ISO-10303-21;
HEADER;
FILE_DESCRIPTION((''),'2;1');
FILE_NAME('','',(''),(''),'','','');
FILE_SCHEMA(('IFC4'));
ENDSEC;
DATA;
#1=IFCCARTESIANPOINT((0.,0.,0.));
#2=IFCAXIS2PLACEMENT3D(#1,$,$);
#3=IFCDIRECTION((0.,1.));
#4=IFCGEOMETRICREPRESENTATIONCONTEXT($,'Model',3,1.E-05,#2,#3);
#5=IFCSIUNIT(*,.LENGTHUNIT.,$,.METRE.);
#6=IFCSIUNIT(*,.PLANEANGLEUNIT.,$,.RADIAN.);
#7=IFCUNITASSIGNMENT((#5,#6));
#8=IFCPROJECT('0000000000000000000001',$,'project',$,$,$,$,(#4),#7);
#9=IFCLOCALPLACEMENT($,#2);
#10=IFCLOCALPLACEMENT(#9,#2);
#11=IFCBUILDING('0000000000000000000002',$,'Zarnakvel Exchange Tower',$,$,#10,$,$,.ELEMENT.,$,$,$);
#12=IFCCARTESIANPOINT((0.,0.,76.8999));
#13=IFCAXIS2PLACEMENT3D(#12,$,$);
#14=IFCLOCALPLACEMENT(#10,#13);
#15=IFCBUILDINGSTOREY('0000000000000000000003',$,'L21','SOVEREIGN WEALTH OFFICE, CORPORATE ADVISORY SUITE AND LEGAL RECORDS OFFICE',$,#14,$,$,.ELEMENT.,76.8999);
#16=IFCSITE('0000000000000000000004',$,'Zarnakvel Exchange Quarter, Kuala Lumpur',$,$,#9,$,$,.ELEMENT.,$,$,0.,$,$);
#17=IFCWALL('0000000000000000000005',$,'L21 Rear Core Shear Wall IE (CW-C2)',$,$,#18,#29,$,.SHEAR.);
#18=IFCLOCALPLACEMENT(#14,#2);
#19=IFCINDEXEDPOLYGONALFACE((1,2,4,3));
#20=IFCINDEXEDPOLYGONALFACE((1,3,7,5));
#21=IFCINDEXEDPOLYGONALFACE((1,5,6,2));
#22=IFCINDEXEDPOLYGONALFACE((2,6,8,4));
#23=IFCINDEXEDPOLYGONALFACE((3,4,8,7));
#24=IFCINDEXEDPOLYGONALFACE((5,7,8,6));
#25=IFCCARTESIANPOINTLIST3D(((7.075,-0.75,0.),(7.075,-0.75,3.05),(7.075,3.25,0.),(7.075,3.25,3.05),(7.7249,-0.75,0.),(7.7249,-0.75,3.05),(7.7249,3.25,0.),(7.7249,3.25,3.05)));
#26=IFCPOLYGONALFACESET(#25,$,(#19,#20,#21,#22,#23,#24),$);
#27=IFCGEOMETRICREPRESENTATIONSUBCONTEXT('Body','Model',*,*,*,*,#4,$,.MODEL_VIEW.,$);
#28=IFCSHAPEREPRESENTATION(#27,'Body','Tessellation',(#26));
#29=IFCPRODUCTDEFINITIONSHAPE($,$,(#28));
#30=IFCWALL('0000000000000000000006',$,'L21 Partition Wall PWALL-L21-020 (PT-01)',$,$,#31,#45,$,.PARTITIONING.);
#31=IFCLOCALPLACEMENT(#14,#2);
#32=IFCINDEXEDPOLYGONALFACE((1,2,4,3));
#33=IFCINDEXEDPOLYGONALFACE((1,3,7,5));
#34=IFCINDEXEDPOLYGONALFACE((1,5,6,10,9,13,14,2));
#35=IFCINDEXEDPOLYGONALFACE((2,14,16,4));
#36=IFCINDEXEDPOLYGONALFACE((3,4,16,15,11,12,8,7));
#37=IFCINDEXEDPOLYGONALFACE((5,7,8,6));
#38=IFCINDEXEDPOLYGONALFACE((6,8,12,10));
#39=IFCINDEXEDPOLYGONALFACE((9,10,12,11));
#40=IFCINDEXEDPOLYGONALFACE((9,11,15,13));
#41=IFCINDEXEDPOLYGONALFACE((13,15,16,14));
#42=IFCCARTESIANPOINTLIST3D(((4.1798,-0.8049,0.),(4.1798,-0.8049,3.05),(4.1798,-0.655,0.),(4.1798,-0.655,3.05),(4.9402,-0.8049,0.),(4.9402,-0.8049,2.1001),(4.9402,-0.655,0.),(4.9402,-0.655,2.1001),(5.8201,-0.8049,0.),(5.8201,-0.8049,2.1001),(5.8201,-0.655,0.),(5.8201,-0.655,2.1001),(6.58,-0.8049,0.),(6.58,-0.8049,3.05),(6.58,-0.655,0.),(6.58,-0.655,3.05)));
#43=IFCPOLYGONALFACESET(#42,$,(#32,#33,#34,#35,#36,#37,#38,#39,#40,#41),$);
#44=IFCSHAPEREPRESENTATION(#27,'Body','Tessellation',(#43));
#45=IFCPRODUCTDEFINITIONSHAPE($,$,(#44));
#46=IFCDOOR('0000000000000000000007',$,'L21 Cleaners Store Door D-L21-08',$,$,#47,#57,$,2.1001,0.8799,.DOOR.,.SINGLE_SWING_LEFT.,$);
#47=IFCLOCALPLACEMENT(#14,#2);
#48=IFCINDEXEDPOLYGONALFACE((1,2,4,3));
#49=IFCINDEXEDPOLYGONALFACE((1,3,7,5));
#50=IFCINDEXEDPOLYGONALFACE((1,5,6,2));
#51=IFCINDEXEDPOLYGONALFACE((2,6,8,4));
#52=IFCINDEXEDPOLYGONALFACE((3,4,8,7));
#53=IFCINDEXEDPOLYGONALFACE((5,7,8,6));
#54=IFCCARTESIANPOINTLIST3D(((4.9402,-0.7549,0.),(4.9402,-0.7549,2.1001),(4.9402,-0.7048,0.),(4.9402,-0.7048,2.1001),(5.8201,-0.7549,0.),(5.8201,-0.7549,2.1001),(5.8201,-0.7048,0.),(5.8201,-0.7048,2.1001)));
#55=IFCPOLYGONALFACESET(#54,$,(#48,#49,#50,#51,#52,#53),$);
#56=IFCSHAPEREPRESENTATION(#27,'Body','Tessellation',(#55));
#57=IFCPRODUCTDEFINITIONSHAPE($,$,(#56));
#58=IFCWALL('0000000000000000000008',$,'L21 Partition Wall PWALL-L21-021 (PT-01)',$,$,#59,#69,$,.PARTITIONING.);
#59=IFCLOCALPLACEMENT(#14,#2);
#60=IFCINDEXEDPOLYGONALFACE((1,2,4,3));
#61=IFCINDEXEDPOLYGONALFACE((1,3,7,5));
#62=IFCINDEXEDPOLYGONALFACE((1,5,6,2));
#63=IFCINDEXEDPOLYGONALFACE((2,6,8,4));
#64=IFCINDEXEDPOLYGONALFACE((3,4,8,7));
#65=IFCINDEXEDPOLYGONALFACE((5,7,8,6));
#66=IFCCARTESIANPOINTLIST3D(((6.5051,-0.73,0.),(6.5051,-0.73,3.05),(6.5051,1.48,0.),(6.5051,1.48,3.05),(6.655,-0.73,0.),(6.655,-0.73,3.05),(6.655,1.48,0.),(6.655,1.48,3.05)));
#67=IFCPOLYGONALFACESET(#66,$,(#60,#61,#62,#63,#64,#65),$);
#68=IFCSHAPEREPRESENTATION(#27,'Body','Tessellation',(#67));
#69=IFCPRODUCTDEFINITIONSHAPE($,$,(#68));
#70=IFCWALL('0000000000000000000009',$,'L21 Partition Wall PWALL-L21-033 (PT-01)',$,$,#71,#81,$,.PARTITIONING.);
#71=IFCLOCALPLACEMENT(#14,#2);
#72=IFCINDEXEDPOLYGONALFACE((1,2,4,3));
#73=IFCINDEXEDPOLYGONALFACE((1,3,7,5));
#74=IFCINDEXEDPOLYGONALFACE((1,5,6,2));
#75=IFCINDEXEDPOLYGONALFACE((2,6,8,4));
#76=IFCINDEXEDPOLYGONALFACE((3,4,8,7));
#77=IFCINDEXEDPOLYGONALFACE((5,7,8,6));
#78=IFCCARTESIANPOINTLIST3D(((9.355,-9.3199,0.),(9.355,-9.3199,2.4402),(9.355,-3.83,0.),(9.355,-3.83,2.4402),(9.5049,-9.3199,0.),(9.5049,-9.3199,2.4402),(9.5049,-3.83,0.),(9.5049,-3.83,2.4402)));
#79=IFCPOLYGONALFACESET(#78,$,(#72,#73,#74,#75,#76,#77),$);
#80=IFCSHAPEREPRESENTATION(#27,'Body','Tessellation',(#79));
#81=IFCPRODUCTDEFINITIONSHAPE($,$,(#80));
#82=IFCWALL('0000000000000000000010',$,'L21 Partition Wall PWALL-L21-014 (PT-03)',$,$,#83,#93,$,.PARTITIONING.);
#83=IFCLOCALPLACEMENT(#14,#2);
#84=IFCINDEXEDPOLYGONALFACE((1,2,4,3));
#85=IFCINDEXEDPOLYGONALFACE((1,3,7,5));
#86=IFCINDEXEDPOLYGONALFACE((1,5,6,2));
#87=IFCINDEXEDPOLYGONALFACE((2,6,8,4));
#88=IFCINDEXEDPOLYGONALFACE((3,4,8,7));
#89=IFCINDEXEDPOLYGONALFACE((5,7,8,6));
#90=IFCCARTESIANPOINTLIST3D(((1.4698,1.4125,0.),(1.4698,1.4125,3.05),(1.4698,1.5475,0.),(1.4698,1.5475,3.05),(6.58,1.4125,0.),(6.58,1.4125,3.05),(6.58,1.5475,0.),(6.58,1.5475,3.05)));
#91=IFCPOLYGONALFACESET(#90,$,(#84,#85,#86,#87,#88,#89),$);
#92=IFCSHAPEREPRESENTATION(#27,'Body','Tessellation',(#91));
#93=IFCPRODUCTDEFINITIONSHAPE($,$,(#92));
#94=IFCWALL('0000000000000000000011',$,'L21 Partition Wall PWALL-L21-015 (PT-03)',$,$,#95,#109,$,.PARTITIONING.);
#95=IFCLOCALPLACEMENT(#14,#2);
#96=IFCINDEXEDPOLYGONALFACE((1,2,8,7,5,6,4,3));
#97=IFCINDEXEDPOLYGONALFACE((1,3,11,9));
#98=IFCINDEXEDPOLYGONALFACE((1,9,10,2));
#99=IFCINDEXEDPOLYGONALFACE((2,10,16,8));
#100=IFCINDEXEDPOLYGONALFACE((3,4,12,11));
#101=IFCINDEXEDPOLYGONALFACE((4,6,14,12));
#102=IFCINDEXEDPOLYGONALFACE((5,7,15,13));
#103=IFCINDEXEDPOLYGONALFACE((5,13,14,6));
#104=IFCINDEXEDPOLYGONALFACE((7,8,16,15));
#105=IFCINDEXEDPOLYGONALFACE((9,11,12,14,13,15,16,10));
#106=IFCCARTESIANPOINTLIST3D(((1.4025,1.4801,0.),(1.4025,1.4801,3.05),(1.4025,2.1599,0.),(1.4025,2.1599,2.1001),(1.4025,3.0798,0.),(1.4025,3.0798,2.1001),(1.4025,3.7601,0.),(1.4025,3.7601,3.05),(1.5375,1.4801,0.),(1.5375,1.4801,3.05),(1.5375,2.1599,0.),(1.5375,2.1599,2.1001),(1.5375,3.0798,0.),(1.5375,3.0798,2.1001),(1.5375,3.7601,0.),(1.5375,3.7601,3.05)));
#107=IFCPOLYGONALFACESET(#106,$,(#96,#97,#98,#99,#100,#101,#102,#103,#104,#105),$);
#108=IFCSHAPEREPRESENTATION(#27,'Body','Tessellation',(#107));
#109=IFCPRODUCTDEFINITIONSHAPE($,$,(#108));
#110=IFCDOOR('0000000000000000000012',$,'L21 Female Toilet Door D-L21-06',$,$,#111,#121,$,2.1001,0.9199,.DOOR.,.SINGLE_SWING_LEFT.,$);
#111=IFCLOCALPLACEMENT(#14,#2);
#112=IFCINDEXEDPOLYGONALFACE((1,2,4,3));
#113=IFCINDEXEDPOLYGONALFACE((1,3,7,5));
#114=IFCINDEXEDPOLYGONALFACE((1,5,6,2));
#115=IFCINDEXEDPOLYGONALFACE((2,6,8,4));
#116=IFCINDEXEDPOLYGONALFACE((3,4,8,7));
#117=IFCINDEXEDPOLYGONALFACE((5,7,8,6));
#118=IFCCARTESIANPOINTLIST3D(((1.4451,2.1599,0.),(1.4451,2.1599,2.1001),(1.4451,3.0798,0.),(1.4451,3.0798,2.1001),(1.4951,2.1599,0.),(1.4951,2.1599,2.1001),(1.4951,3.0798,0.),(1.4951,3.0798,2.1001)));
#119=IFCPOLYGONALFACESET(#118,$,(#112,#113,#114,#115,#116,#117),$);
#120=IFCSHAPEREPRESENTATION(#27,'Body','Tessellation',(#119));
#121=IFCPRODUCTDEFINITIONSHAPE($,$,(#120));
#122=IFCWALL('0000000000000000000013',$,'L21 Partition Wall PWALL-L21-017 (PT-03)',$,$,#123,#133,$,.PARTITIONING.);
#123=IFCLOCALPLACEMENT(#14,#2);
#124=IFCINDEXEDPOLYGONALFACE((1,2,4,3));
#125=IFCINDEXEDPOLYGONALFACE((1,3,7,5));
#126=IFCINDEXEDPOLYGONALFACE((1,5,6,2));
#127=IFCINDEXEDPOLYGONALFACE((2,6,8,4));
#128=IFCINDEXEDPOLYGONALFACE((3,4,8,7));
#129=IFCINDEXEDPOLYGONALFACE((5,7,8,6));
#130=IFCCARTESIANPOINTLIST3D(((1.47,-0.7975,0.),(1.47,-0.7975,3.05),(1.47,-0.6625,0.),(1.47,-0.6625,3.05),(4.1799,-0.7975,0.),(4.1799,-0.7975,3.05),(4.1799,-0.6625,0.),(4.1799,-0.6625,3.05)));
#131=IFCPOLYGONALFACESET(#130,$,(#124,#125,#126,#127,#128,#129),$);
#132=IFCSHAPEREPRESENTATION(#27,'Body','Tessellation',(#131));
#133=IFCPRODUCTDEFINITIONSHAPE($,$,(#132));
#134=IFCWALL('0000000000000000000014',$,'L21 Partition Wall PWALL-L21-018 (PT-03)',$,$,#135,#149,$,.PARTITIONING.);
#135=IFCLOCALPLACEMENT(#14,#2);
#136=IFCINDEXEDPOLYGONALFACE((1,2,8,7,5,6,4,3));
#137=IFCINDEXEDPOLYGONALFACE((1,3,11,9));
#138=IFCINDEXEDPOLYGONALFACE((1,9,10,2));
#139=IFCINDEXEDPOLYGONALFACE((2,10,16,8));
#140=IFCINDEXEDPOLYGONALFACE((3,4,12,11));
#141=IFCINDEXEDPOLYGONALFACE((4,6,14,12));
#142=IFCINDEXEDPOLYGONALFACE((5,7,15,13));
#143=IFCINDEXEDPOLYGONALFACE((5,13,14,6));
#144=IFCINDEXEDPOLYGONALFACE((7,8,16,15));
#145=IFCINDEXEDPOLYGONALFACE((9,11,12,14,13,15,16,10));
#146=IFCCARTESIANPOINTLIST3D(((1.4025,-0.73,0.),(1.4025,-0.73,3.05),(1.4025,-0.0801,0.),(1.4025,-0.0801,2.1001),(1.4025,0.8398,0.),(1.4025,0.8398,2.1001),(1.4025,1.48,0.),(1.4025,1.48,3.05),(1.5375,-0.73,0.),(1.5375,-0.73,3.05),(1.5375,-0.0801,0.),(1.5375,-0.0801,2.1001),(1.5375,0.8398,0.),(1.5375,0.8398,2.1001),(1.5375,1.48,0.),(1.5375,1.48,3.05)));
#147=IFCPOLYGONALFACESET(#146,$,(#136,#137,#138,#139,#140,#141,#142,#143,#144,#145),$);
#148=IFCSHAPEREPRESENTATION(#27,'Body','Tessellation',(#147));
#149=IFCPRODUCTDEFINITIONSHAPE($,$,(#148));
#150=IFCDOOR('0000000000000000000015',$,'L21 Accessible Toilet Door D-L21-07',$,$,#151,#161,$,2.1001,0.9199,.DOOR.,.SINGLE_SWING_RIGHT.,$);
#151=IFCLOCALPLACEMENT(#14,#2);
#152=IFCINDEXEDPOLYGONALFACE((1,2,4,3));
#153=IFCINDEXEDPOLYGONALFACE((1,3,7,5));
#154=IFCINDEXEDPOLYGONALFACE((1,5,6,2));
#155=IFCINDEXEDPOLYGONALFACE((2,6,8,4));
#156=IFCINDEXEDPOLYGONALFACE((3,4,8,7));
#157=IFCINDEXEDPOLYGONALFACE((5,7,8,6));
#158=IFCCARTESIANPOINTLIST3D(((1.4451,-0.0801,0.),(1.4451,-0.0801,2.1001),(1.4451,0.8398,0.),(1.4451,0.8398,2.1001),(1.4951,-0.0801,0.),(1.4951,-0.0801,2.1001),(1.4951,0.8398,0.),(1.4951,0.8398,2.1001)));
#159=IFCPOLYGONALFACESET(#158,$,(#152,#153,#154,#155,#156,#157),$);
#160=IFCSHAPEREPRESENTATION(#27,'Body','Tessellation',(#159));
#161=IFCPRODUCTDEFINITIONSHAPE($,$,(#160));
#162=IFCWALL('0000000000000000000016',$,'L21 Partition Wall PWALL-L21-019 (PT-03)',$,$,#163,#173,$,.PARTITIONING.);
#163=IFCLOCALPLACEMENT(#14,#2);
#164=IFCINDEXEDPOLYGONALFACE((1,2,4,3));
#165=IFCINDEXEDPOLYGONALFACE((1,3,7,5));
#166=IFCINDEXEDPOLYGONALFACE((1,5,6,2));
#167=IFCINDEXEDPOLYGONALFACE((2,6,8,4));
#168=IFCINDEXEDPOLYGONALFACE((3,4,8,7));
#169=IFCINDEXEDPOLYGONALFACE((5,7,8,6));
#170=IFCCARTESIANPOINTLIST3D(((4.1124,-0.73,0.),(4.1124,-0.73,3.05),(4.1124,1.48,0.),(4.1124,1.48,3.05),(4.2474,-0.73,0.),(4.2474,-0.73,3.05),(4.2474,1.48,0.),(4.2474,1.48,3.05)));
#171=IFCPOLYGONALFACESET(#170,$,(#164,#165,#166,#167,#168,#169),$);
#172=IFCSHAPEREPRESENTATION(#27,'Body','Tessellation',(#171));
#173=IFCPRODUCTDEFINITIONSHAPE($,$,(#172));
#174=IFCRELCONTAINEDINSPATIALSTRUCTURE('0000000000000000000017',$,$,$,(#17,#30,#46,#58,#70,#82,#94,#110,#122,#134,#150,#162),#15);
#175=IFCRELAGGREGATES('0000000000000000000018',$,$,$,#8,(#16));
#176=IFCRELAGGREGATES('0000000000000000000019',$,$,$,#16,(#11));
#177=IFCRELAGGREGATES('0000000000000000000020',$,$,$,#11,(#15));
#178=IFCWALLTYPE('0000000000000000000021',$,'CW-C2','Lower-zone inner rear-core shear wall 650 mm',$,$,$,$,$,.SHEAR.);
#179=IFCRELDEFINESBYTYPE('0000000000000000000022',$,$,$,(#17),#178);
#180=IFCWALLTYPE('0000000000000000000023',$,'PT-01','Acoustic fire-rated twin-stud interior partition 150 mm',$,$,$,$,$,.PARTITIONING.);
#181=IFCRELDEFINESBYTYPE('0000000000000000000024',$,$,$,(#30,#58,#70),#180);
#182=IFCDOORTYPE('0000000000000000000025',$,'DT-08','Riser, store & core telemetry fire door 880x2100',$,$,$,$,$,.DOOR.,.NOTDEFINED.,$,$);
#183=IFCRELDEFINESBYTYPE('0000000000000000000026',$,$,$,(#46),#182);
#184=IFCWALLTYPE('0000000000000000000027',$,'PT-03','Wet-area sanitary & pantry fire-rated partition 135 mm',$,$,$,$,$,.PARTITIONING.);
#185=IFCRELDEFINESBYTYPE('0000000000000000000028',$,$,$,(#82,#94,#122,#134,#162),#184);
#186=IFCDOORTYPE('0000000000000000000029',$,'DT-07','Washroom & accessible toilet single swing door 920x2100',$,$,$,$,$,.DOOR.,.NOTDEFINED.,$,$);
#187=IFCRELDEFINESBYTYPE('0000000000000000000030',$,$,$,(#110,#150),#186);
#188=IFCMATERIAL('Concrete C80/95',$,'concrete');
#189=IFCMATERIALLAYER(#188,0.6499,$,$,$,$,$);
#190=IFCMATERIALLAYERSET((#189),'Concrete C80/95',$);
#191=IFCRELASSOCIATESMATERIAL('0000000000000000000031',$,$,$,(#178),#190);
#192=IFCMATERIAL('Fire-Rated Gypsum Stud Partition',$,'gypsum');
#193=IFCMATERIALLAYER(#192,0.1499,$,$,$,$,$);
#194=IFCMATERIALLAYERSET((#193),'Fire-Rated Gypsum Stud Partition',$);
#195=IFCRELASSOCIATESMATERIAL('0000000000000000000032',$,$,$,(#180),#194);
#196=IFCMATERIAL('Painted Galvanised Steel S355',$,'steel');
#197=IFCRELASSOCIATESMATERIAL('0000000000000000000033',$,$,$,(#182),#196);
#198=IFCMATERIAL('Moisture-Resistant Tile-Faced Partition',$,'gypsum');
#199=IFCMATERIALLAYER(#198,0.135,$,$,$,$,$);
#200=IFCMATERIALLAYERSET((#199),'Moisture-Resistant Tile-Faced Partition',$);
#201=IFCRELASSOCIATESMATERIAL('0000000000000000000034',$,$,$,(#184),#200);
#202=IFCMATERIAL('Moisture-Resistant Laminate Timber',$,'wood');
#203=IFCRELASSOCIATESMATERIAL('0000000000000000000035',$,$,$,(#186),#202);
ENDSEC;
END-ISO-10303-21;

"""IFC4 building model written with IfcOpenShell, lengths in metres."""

from ifc_helpers import new_model, si_unit, direction, frame, frame_2d, origin, place, context, subcontext, project, spatial, rectangle, extrude, source, transform, mapped, material, layer, layer_set, type_object, element, fill, save


model = new_model("IFC4")

# Units and contexts
model_context = context("Model", 3, precision=1e-05, world=origin(), true_north=direction((0.0, 1.0)))
body_context = subcontext(model_context, "Body", "Model", "MODEL_VIEW")
ifc_project = project(units=[si_unit("LENGTHUNIT", "METRE"), si_unit("PLANEANGLEUNIT", "RADIAN")], contexts=[model_context])

# Site, building, storey
site_placement = place(None, origin())
site = spatial("IfcSite", under=ifc_project, at=site_placement, Name="Zarnakvel Exchange Quarter, Kuala Lumpur", CompositionType="ELEMENT", RefElevation=0.0)
building_placement = place(site_placement, origin())
building = spatial("IfcBuilding", under=site, at=building_placement, Name="Zarnakvel Exchange Tower", CompositionType="ELEMENT")
storey_placement = place(building_placement, frame((0.0, 0.0, 76.8999)))
storey = spatial("IfcBuildingStorey", under=building, at=storey_placement, Name="L21", Description="SOVEREIGN WEALTH OFFICE, CORPORATE ADVISORY SUITE AND LEGAL RECORDS OFFICE", CompositionType="ELEMENT", Elevation=76.8999)

# Shared definitions
ifc_material_1 = material(Name="Concrete C80/95", Category="concrete")

# Shared definitions
ifc_material_2 = material(Name="Painted Galvanised Steel S355", Category="steel")

# Wall
ifc_layer_1 = layer(ifc_material_1, 0.6499)
ifc_layer_set_1 = layer_set([ifc_layer_1], Name="Concrete C80/95")
wall_type_1 = type_object("IfcWallType", Name="CW-C2", Description="Lower-zone inner rear-core shear wall 650 mm", PredefinedType="SHEAR", material=ifc_layer_set_1)
wall_1_placement = place(storey_placement, frame((7.3999, -0.75, 0.0), z_axis=(0.0, 0.0, 1.0), x_axis=(0.0, 1.0, 0.0)))
element("IfcWall", 1, at=wall_1_placement, inside=storey, type_object=wall_type_1, Name="L21 Rear Core Shear Wall IE (CW-C2)", PredefinedType="SHEAR", context=body_context, shape_type="SweptSolid", body=[
    extrude(rectangle(XDim=4.0, YDim=0.6499, at=frame_2d((2.0, 0.0))), origin(), (0.0, 0.0, 1.0), 3.05),
])

# Wall, opening, door
ifc_material_3 = material(Name="Fire-Rated Gypsum Stud Partition", Category="gypsum")
ifc_layer_2 = layer(ifc_material_3, 0.1499)
ifc_layer_set_2 = layer_set([ifc_layer_2], Name="Fire-Rated Gypsum Stud Partition")
wall_type_2 = type_object("IfcWallType", Name="PT-01", Description="Acoustic fire-rated twin-stud interior partition 150 mm", PredefinedType="PARTITIONING", material=ifc_layer_set_2)
wall_2_placement = place(storey_placement, frame((6.5801, -0.73, 0.0), z_axis=(0.0, 0.0, 1.0), x_axis=(-1.0, 0.0, 0.0)))
wall_2 = element("IfcWall", 2, at=wall_2_placement, inside=storey, type_object=wall_type_2, Name="L21 Partition Wall PWALL-L21-020 (PT-01)", PredefinedType="PARTITIONING", context=body_context, shape_type="SweptSolid", body=[
    extrude(rectangle(XDim=2.4001, YDim=0.1499, at=frame_2d((1.2002, 0.0))), origin(), (0.0, 0.0, 1.0), 3.05),
])
opening_1_placement = place(wall_2_placement, frame((0.76, 0.0, 0.0)))
opening_1 = element("IfcOpeningElement", 3, at=opening_1_placement, cuts=wall_2, PredefinedType="OPENING", context=body_context, shape_type="SweptSolid", body=[
    extrude(rectangle(XDim=0.8799, YDim=2.1001, at=frame_2d((0.4399, 1.05))), frame((0.0, 0.085, 0.0), z_axis=(0.0, -1.0, 0.0), x_axis=(1.0, 0.0, 0.0)), (0.0, 0.0, 1.0), 0.1699),
])
door_type_1 = type_object("IfcDoorType", Name="DT-08", Description="Riser, store & core telemetry fire door 880x2100", OperationType="NOTDEFINED", PredefinedType="DOOR", material=ifc_material_2)
shared_shape_1 = source(origin(), body_context, "Body", "SweptSolid", [
    extrude(rectangle(XDim=0.8799, YDim=2.1001, at=frame_2d((0.4399, 1.05))), frame((0.0, 0.0249, 0.0), z_axis=(0.0, -1.0, 0.0), x_axis=(1.0, 0.0, 0.0)), (0.0, 0.0, 1.0), 0.05),
])
door_1_placement = place(opening_1_placement, origin())
door_1 = element("IfcDoor", 4, at=door_1_placement, inside=storey, type_object=door_type_1, Name="L21 Cleaners Store Door D-L21-08", OperationType="SINGLE_SWING_LEFT", OverallHeight=2.1001, OverallWidth=0.8799, PredefinedType="DOOR", context=body_context, shape_type="MappedRepresentation", body=[
    mapped(shared_shape_1, transform((0.0, 0.0, 0.0), x_axis=(1.0, 0.0, 0.0), y_axis=(0.0, 1.0, 0.0), z_axis=(0.0, 0.0, 1.0), scale=1.0)),
])
fill(opening_1, door_1)

# Wall
wall_3_placement = place(storey_placement, frame((6.5801, 1.48, 0.0), z_axis=(0.0, 0.0, 1.0), x_axis=(0.0, -1.0, 0.0)))
element("IfcWall", 5, at=wall_3_placement, inside=storey, type_object=wall_type_2, Name="L21 Partition Wall PWALL-L21-021 (PT-01)", PredefinedType="PARTITIONING", context=body_context, shape_type="SweptSolid", body=[
    extrude(rectangle(XDim=2.21, YDim=0.1499, at=frame_2d((1.105, 0.0))), origin(), (0.0, 0.0, 1.0), 3.05),
])

# Walls
wall_4_placement = place(storey_placement, frame((9.4299, -9.3201, 0.0), z_axis=(0.0, 0.0, 1.0), x_axis=(0.0, 1.0, 0.0)))
element("IfcWall", 6, at=wall_4_placement, inside=storey, type_object=wall_type_2, Name="L21 Partition Wall PWALL-L21-033 (PT-01)", PredefinedType="PARTITIONING", context=body_context, shape_type="SweptSolid", body=[
    extrude(rectangle(XDim=5.49, YDim=0.1499, at=frame_2d((2.7451, 0.0))), origin(), (0.0, 0.0, 1.0), 2.4402),
])
ifc_material_4 = material(Name="Moisture-Resistant Tile-Faced Partition", Category="gypsum")
ifc_layer_3 = layer(ifc_material_4, 0.135)
ifc_layer_set_3 = layer_set([ifc_layer_3], Name="Moisture-Resistant Tile-Faced Partition")
wall_type_3 = type_object("IfcWallType", Name="PT-03", Description="Wet-area sanitary & pantry fire-rated partition 135 mm", PredefinedType="PARTITIONING", material=ifc_layer_set_3)
wall_5_placement = place(storey_placement, frame((6.5801, 1.48, 0.0), z_axis=(0.0, 0.0, 1.0), x_axis=(-1.0, 0.0, 0.0)))
element("IfcWall", 7, at=wall_5_placement, inside=storey, type_object=wall_type_3, Name="L21 Partition Wall PWALL-L21-014 (PT-03)", PredefinedType="PARTITIONING", context=body_context, shape_type="SweptSolid", body=[
    extrude(rectangle(XDim=5.1101, YDim=0.135, at=frame_2d((2.5552, 0.0))), origin(), (0.0, 0.0, 1.0), 3.05),
])

# Wall, opening, door
wall_6_placement = place(storey_placement, frame((1.47, 1.48, 0.0), z_axis=(0.0, 0.0, 1.0), x_axis=(0.0, 1.0, 0.0)))
wall_6 = element("IfcWall", 8, at=wall_6_placement, inside=storey, type_object=wall_type_3, Name="L21 Partition Wall PWALL-L21-015 (PT-03)", PredefinedType="PARTITIONING", context=body_context, shape_type="SweptSolid", body=[
    extrude(rectangle(XDim=2.28, YDim=0.135, at=frame_2d((1.1401, 0.0))), origin(), (0.0, 0.0, 1.0), 3.05),
])
opening_2_placement = place(wall_6_placement, frame((0.6799, 0.0, 0.0)))
opening_2 = element("IfcOpeningElement", 9, at=opening_2_placement, cuts=wall_6, PredefinedType="OPENING", context=body_context, shape_type="SweptSolid", body=[
    extrude(rectangle(XDim=0.9199, YDim=2.1001, at=frame_2d((0.46, 1.05))), frame((0.0, 0.0774, 0.0), z_axis=(0.0, -1.0, 0.0), x_axis=(1.0, 0.0, 0.0)), (0.0, 0.0, 1.0), 0.155),
])
ifc_material_5 = material(Name="Moisture-Resistant Laminate Timber", Category="wood")
door_type_2 = type_object("IfcDoorType", Name="DT-07", Description="Washroom & accessible toilet single swing door 920x2100", OperationType="NOTDEFINED", PredefinedType="DOOR", material=ifc_material_5)
shared_shape_2 = source(origin(), body_context, "Body", "SweptSolid", [
    extrude(rectangle(XDim=0.9199, YDim=2.1001, at=frame_2d((0.46, 1.05))), frame((0.0, 0.0249, 0.0), z_axis=(0.0, -1.0, 0.0), x_axis=(1.0, 0.0, 0.0)), (0.0, 0.0, 1.0), 0.05),
])
door_2_placement = place(opening_2_placement, origin())
door_2 = element("IfcDoor", 10, at=door_2_placement, inside=storey, type_object=door_type_2, Name="L21 Female Toilet Door D-L21-06", OperationType="SINGLE_SWING_LEFT", OverallHeight=2.1001, OverallWidth=0.9199, PredefinedType="DOOR", context=body_context, shape_type="MappedRepresentation", body=[
    mapped(shared_shape_2, transform((0.0, 0.0, 0.0), x_axis=(1.0, 0.0, 0.0), y_axis=(0.0, 1.0, 0.0), z_axis=(0.0, 0.0, 1.0), scale=1.0)),
])
fill(opening_2, door_2)

# Wall
wall_7_placement = place(storey_placement, frame((4.1799, -0.73, 0.0), z_axis=(0.0, 0.0, 1.0), x_axis=(-1.0, 0.0, 0.0)))
element("IfcWall", 11, at=wall_7_placement, inside=storey, type_object=wall_type_3, Name="L21 Partition Wall PWALL-L21-017 (PT-03)", PredefinedType="PARTITIONING", context=body_context, shape_type="SweptSolid", body=[
    extrude(rectangle(XDim=2.71, YDim=0.135, at=frame_2d((1.355, 0.0))), origin(), (0.0, 0.0, 1.0), 3.05),
])

# Wall, opening, door
wall_8_placement = place(storey_placement, frame((1.47, -0.73, 0.0), z_axis=(0.0, 0.0, 1.0), x_axis=(0.0, 1.0, 0.0)))
wall_8 = element("IfcWall", 12, at=wall_8_placement, inside=storey, type_object=wall_type_3, Name="L21 Partition Wall PWALL-L21-018 (PT-03)", PredefinedType="PARTITIONING", context=body_context, shape_type="SweptSolid", body=[
    extrude(rectangle(XDim=2.21, YDim=0.135, at=frame_2d((1.105, 0.0))), origin(), (0.0, 0.0, 1.0), 3.05),
])
opening_3_placement = place(wall_8_placement, frame((0.6499, 0.0, 0.0)))
opening_3 = element("IfcOpeningElement", 13, at=opening_3_placement, cuts=wall_8, PredefinedType="OPENING", context=body_context, shape_type="SweptSolid", body=[
    extrude(rectangle(XDim=0.9199, YDim=2.1001, at=frame_2d((0.46, 1.05))), frame((0.0, 0.0774, 0.0), z_axis=(0.0, -1.0, 0.0), x_axis=(1.0, 0.0, 0.0)), (0.0, 0.0, 1.0), 0.155),
])
door_3_placement = place(opening_3_placement, origin())
door_3 = element("IfcDoor", 14, at=door_3_placement, inside=storey, type_object=door_type_2, Name="L21 Accessible Toilet Door D-L21-07", OperationType="SINGLE_SWING_RIGHT", OverallHeight=2.1001, OverallWidth=0.9199, PredefinedType="DOOR", context=body_context, shape_type="MappedRepresentation", body=[
    mapped(shared_shape_2, transform((0.0, 0.0, 0.0), x_axis=(1.0, 0.0, 0.0), y_axis=(0.0, 1.0, 0.0), z_axis=(0.0, 0.0, 1.0), scale=1.0)),
])
fill(opening_3, door_3)

# Wall
wall_9_placement = place(storey_placement, frame((4.1799, 1.48, 0.0), z_axis=(0.0, 0.0, 1.0), x_axis=(0.0, -1.0, 0.0)))
element("IfcWall", 15, at=wall_9_placement, inside=storey, type_object=wall_type_3, Name="L21 Partition Wall PWALL-L21-019 (PT-03)", PredefinedType="PARTITIONING", context=body_context, shape_type="SweptSolid", body=[
    extrude(rectangle(XDim=2.21, YDim=0.135, at=frame_2d((1.105, 0.0))), origin(), (0.0, 0.0, 1.0), 3.05),
])

save(model, "model.ifc")
